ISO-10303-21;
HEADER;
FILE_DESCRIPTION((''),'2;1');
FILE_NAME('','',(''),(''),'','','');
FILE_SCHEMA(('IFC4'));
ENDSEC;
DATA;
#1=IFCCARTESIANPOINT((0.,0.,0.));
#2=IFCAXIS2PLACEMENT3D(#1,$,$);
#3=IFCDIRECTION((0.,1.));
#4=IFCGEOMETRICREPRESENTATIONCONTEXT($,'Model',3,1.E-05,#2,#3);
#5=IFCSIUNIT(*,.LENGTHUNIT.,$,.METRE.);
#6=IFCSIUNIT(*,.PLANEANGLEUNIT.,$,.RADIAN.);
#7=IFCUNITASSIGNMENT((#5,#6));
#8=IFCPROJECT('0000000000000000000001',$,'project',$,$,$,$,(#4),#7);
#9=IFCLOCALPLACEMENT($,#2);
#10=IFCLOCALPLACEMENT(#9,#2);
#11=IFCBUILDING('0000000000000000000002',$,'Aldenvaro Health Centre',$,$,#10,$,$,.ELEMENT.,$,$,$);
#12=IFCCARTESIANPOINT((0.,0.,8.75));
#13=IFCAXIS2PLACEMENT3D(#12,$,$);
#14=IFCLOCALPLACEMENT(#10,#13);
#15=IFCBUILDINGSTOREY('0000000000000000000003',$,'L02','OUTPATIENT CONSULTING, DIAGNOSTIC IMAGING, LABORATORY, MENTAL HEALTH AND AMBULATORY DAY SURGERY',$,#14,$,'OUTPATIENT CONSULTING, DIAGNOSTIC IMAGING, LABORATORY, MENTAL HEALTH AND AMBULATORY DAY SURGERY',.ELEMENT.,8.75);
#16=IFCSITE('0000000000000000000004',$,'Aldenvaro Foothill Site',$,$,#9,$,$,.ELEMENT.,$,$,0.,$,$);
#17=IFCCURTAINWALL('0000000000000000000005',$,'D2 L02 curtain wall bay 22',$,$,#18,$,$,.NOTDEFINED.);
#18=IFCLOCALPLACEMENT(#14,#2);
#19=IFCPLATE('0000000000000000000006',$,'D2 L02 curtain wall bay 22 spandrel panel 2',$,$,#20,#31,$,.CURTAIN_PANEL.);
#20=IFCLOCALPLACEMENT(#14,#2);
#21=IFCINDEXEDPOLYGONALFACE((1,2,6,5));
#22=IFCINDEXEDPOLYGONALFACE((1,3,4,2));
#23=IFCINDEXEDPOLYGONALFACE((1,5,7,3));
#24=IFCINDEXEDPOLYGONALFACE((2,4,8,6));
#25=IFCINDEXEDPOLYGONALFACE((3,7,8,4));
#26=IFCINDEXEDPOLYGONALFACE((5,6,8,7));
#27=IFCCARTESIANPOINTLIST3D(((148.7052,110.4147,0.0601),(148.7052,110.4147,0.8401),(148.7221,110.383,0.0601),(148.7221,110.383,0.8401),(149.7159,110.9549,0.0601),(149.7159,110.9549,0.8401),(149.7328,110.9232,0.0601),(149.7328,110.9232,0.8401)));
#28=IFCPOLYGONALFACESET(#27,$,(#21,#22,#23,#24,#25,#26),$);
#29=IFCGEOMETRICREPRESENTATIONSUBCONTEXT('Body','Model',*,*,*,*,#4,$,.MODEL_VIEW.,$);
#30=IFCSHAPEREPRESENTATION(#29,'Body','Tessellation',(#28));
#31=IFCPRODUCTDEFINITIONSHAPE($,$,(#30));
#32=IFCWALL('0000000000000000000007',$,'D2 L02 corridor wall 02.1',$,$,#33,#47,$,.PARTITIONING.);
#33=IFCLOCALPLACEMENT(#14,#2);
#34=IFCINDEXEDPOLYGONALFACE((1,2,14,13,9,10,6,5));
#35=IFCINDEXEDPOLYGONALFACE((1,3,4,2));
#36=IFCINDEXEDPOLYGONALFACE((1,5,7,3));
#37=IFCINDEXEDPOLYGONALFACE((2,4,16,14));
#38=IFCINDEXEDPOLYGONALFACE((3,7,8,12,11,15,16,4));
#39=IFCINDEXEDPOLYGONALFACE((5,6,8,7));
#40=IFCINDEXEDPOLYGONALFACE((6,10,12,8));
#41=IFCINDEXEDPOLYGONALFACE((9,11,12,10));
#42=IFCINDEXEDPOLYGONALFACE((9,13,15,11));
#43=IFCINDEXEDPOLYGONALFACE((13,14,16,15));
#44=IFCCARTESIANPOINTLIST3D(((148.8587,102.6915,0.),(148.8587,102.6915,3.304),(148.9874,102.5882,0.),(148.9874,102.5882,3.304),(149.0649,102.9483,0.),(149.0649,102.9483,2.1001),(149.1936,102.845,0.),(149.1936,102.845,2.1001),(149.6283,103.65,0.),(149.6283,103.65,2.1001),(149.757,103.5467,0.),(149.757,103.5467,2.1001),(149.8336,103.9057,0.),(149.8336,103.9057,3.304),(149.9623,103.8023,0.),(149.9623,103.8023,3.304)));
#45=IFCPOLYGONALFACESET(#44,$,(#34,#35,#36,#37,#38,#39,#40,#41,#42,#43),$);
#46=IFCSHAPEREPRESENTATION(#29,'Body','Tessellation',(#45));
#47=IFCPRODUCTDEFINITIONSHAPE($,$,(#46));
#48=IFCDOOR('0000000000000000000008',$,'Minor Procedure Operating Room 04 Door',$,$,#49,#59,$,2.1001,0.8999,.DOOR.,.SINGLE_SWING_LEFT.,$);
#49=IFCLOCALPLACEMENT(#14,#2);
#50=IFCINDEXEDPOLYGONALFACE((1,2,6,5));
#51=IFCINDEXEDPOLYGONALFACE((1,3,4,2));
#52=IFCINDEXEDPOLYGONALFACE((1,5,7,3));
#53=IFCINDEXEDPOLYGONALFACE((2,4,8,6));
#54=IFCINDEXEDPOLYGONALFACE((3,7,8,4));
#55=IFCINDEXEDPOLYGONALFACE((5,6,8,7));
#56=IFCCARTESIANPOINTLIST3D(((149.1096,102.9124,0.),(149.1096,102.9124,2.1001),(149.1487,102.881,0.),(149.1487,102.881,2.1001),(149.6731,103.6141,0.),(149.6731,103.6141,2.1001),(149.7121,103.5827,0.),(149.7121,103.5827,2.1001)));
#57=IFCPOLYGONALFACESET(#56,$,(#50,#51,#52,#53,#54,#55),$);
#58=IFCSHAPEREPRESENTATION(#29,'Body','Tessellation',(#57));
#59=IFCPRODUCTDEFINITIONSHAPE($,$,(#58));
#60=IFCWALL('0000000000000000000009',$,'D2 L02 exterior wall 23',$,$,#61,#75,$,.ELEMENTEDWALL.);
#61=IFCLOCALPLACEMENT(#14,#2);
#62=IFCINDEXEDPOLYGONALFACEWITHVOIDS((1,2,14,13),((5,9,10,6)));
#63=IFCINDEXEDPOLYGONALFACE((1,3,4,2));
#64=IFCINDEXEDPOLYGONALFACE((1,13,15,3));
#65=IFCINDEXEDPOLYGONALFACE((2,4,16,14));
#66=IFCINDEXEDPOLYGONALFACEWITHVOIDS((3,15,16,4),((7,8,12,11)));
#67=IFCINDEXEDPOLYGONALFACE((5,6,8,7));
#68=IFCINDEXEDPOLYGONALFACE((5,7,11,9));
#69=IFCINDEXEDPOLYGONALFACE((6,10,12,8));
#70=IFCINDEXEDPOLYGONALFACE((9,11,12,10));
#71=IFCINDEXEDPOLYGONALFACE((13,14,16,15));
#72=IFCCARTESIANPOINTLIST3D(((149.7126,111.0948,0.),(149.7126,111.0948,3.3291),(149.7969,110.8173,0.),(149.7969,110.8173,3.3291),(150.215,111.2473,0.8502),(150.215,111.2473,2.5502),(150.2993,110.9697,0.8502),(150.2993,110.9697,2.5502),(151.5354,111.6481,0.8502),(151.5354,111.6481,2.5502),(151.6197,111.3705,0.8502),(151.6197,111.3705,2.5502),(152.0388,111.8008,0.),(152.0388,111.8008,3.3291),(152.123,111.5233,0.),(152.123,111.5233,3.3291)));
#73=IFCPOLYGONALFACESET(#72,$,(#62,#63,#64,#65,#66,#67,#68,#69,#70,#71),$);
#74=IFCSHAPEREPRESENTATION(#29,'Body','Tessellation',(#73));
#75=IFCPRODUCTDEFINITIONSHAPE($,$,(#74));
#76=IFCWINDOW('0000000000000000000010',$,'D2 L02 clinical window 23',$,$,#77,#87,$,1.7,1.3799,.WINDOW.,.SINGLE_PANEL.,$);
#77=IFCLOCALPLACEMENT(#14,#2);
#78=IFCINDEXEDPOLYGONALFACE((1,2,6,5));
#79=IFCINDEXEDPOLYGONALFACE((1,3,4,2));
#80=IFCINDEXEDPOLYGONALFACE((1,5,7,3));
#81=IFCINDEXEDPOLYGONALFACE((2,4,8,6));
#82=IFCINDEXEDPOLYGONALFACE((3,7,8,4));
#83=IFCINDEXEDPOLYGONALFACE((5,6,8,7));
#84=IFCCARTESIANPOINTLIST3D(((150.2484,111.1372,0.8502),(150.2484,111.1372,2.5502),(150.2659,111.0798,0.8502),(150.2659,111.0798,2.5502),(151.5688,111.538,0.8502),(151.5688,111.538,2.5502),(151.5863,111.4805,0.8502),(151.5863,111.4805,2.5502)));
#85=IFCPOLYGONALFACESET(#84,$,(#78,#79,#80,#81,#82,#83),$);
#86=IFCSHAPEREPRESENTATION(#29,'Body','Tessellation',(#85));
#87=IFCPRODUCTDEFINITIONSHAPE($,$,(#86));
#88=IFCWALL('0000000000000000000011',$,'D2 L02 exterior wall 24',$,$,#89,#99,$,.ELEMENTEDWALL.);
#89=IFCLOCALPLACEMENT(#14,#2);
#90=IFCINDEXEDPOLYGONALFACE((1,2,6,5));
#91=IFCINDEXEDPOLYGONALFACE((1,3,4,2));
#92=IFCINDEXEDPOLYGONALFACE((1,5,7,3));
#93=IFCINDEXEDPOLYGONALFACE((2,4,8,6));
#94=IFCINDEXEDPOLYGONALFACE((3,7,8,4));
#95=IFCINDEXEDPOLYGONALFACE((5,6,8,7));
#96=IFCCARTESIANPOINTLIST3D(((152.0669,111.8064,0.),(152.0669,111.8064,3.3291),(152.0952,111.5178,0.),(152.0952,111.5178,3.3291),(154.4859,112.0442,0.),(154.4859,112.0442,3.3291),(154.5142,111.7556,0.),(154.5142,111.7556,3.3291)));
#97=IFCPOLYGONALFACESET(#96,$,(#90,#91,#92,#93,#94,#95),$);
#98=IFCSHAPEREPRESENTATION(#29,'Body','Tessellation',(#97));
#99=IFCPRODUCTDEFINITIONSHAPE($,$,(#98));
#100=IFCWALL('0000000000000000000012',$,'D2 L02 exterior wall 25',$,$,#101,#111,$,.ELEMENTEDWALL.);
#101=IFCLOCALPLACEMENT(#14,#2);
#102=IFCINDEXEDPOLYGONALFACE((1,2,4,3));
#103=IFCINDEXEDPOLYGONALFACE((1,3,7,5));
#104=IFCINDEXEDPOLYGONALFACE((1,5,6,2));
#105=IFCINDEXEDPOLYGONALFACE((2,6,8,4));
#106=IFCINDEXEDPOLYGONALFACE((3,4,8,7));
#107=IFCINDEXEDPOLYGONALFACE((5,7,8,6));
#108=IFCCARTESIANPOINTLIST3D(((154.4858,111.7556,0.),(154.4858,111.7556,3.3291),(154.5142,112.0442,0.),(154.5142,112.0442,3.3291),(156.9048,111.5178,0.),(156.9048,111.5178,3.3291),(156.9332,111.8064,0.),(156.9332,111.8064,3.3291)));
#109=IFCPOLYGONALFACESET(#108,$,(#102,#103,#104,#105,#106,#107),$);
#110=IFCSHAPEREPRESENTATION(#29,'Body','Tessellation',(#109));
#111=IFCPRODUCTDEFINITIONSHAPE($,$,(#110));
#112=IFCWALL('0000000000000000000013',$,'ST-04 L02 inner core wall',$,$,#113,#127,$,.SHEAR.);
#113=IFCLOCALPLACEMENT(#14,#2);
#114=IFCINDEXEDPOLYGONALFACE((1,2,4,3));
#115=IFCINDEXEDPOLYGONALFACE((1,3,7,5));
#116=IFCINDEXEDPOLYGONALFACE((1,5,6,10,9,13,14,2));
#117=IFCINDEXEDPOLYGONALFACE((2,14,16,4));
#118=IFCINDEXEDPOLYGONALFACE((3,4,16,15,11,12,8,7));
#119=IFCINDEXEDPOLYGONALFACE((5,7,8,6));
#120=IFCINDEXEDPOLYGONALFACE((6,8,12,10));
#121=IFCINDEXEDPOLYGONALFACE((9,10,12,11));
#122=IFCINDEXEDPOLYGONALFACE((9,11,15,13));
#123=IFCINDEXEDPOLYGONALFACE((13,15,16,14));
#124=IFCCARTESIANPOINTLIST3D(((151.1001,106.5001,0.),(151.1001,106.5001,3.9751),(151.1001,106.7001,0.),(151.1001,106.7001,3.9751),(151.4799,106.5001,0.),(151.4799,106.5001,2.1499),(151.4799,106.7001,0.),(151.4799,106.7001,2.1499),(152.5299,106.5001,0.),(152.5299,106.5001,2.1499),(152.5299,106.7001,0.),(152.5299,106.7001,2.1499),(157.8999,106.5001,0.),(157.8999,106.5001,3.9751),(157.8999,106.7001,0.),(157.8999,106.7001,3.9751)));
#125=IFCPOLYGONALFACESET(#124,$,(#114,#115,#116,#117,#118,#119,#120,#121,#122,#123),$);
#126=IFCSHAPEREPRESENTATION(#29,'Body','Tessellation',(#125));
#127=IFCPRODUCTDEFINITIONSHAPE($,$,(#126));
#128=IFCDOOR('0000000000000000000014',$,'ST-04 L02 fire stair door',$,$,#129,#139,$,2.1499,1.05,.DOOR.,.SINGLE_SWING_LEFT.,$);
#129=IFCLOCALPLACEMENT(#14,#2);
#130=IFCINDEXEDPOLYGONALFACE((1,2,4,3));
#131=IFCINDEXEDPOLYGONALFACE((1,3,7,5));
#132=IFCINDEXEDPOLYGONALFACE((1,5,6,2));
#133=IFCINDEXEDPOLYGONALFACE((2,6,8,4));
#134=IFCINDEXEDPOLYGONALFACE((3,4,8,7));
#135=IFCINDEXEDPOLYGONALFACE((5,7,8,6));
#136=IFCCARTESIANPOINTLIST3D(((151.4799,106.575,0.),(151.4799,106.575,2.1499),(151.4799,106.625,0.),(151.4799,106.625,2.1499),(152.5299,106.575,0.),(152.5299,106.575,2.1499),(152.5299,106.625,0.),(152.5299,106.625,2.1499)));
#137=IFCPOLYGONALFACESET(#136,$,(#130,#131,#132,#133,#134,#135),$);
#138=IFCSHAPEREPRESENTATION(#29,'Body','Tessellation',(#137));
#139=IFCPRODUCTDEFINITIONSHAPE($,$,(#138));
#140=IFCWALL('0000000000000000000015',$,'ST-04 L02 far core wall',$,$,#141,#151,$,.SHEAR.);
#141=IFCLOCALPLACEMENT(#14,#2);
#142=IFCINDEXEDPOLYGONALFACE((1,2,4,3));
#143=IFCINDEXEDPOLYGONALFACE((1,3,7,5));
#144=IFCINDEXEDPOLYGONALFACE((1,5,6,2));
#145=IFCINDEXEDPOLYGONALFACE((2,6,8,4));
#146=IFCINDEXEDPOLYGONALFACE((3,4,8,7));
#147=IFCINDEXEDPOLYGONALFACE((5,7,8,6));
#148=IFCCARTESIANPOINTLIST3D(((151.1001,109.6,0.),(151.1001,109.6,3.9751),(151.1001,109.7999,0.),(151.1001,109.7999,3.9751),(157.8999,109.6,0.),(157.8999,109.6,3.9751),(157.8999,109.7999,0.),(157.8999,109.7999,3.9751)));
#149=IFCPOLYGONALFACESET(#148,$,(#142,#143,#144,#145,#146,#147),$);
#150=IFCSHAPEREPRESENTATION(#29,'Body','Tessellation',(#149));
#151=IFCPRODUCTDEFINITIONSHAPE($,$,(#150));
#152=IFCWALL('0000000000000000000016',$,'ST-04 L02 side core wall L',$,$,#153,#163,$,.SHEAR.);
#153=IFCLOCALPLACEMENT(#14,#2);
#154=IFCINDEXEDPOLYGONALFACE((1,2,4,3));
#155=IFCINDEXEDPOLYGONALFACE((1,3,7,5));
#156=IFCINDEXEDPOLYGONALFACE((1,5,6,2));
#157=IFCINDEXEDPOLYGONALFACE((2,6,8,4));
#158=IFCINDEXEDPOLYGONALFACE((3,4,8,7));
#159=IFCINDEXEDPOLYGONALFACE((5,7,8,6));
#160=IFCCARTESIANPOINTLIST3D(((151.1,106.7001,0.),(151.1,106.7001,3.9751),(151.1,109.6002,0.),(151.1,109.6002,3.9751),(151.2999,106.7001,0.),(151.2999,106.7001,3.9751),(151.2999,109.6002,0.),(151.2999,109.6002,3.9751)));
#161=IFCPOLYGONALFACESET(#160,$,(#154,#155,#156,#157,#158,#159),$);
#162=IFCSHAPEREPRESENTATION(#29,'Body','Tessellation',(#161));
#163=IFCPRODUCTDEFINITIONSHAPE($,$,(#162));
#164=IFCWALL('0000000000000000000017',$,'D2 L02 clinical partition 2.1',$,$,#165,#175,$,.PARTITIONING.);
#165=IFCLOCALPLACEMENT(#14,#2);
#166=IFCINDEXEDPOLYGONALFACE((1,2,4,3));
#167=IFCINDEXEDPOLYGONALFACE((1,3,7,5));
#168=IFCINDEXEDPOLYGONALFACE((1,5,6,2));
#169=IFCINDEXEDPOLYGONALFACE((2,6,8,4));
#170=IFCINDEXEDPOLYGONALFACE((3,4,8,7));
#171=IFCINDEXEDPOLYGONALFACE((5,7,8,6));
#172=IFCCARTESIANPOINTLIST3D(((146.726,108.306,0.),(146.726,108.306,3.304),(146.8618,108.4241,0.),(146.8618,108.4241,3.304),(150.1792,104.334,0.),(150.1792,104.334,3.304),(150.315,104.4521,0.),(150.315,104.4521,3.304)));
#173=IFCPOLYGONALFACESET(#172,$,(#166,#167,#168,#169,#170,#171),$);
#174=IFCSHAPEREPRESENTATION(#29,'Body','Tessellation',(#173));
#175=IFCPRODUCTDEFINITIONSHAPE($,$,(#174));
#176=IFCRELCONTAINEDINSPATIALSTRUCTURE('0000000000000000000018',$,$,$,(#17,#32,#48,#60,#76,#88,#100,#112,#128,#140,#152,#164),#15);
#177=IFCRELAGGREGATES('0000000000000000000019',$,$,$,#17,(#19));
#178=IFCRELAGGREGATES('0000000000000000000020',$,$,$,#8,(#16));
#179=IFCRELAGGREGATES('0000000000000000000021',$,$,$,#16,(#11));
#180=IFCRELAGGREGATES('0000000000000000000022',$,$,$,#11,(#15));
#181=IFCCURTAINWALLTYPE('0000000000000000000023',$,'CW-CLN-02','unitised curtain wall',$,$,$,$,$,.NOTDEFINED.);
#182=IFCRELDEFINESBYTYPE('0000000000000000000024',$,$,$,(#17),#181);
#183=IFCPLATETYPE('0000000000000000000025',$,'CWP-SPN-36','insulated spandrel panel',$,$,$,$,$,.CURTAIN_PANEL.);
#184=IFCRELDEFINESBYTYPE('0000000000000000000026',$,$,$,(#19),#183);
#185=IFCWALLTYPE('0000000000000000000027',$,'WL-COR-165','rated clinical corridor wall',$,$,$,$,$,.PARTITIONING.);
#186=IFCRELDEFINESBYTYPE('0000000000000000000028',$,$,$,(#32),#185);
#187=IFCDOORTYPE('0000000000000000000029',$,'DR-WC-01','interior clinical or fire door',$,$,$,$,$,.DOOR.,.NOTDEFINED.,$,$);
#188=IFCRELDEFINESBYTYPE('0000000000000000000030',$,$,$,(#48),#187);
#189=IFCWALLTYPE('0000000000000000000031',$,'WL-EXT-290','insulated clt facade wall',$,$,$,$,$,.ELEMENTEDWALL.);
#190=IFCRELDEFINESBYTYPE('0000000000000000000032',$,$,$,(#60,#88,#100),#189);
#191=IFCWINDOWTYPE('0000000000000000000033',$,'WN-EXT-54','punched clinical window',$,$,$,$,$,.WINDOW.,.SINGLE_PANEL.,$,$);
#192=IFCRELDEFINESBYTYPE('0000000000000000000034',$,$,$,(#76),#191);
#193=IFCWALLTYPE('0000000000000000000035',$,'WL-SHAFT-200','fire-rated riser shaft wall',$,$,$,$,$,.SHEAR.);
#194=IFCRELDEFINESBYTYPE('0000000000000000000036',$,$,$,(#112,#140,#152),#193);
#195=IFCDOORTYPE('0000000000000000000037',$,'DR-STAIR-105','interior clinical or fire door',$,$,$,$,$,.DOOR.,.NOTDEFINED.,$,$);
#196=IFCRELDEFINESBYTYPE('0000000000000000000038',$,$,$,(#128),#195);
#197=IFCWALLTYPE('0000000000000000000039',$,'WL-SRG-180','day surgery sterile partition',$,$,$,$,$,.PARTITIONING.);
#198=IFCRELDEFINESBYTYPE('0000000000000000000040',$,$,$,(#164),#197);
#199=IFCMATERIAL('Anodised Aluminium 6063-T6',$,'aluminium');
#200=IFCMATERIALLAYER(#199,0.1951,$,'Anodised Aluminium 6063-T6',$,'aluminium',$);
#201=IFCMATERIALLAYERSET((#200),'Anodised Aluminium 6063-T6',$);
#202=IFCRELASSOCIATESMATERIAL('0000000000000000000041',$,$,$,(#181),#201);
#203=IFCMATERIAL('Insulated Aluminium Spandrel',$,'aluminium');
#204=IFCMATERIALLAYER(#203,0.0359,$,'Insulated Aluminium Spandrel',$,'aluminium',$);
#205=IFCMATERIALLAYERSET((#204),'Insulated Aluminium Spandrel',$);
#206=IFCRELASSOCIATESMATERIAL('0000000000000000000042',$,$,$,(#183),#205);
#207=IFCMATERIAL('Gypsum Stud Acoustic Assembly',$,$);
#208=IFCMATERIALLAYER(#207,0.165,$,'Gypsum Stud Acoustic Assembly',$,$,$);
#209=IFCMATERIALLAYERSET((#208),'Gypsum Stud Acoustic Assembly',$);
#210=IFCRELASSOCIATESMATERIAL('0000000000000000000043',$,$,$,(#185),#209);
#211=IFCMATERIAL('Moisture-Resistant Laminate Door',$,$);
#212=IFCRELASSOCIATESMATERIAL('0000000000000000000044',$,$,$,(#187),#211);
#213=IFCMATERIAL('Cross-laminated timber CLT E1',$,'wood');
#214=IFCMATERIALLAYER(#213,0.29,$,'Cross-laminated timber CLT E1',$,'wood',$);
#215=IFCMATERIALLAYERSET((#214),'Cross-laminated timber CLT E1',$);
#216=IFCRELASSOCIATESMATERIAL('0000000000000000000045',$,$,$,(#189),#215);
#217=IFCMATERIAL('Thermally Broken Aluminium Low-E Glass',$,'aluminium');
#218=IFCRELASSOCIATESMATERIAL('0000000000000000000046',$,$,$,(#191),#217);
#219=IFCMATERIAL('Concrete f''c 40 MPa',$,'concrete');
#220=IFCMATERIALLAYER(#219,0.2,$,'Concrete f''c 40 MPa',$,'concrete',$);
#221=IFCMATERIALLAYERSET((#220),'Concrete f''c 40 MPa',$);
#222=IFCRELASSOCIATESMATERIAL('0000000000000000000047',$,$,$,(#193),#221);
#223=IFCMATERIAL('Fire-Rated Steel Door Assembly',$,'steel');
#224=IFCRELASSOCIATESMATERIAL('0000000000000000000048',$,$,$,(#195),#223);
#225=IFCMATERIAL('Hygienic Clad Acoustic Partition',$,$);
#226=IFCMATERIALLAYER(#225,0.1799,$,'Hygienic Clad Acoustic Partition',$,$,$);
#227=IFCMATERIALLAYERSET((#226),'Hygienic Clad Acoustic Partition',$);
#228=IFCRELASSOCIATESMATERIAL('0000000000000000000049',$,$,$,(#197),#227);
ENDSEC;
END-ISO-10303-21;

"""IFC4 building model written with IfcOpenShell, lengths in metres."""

from ifc_helpers import new_model, si_unit, direction, frame, frame_2d, origin, origin_2d, place, context, subcontext, project, spatial, rectangle, extrude, material, layer, layer_set, type_object, element, fill, aggregate, save


model = new_model("IFC4")

# Units and contexts
model_context = context("Model", 3, precision=1e-05, world=origin(), true_north=direction((0.0, 1.0)))
body_context = subcontext(model_context, "Body", "Model", "MODEL_VIEW")
ifc_project = project(units=[si_unit("LENGTHUNIT", "METRE"), si_unit("PLANEANGLEUNIT", "RADIAN")], contexts=[model_context])

# Site, building, storey
site_placement = place(None, origin())
site = spatial("IfcSite", under=ifc_project, at=site_placement, Name="Aldenvaro Foothill Site", CompositionType="ELEMENT", RefElevation=0.0)
building_placement = place(site_placement, origin())
building = spatial("IfcBuilding", under=site, at=building_placement, Name="Aldenvaro Health Centre", CompositionType="ELEMENT")
storey_placement = place(building_placement, frame((0.0, 0.0, 8.75)))
storey = spatial("IfcBuildingStorey", under=building, at=storey_placement, Name="L02", Description="OUTPATIENT CONSULTING, DIAGNOSTIC IMAGING, LABORATORY, MENTAL HEALTH AND AMBULATORY DAY SURGERY", LongName="OUTPATIENT CONSULTING, DIAGNOSTIC IMAGING, LABORATORY, MENTAL HEALTH AND AMBULATORY DAY SURGERY", CompositionType="ELEMENT", Elevation=8.75)

# Curtain wall
ifc_material_1 = material(Name="Anodised Aluminium 6063-T6", Category="aluminium")
ifc_layer_1 = layer(ifc_material_1, 0.1951, Name="Anodised Aluminium 6063-T6", Category="aluminium")
ifc_layer_set_1 = layer_set([ifc_layer_1], Name="Anodised Aluminium 6063-T6")
curtain_wall_type = type_object("IfcCurtainWallType", Name="CW-CLN-02", Description="unitised curtain wall", PredefinedType="NOTDEFINED", material=ifc_layer_set_1)
curtain_wall_placement = place(storey_placement, origin())
curtain_wall = element("IfcCurtainWall", 1, at=curtain_wall_placement, inside=storey, type_object=curtain_wall_type, Name="D2 L02 curtain wall bay 22", PredefinedType="NOTDEFINED")

# Plate
ifc_material_2 = material(Name="Insulated Aluminium Spandrel", Category="aluminium")
ifc_layer_2 = layer(ifc_material_2, 0.0359, Name="Insulated Aluminium Spandrel", Category="aluminium")
ifc_layer_set_2 = layer_set([ifc_layer_2], Name="Insulated Aluminium Spandrel")
plate_type_1 = type_object("IfcPlateType", Name="CWP-SPN-36", Description="insulated spandrel panel", PredefinedType="CURTAIN_PANEL", material=ifc_layer_set_2)
plate_1_placement = place(storey_placement, frame((149.219, 110.6689, 0.0601), z_axis=(0.0, 0.0, 1.0), x_axis=(0.88192, 0.471399, 0.0)))
plate_1 = element("IfcPlate", 2, at=plate_1_placement, type_object=plate_type_1, Name="D2 L02 curtain wall bay 22 spandrel panel 2", PredefinedType="CURTAIN_PANEL", context=body_context, shape_type="SweptSolid", body=[
    extrude(rectangle(XDim=1.146, YDim=0.0359, at=origin_2d()), origin(), (0.0, 0.0, 1.0), 0.78),
])
aggregate(curtain_wall, [plate_1])

# Wall, opening, door
ifc_material_3 = material(Name="Gypsum Stud Acoustic Assembly")
ifc_layer_3 = layer(ifc_material_3, 0.165, Name="Gypsum Stud Acoustic Assembly")
ifc_layer_set_3 = layer_set([ifc_layer_3], Name="Gypsum Stud Acoustic Assembly")
wall_type_1 = type_object("IfcWallType", Name="WL-COR-165", Description="rated clinical corridor wall", PredefinedType="PARTITIONING", material=ifc_layer_set_3)
wall_1_placement = place(storey_placement, frame((149.8979, 103.854, 0.0), z_axis=(0.0, 0.0, 1.0), x_axis=(-0.62609, -0.779751, 0.0)))
wall_1 = element("IfcWall", 3, at=wall_1_placement, inside=storey, type_object=wall_type_1, Name="D2 L02 corridor wall 02.1", PredefinedType="PARTITIONING", context=body_context, shape_type="SweptSolid", body=[
    extrude(rectangle(XDim=1.5571, YDim=0.165, at=frame_2d((0.7786, 0.0))), origin(), (0.0, 0.0, 1.0), 3.304),
])
opening_1_placement = place(wall_1_placement, frame((0.3279, 0.0, 0.0)))
opening_1 = element("IfcOpeningElement", 4, at=opening_1_placement, cuts=wall_1, PredefinedType="OPENING", context=body_context, shape_type="SweptSolid", body=[
    extrude(rectangle(XDim=0.8999, YDim=2.1001, at=frame_2d((0.45, 1.05))), frame((0.0, 0.0925, 0.0), z_axis=(0.0, -1.0, 0.0), x_axis=(1.0, 0.0, 0.0)), (0.0, 0.0, 1.0), 0.1851),
])
ifc_material_4 = material(Name="Moisture-Resistant Laminate Door")
door_type_1 = type_object("IfcDoorType", Name="DR-WC-01", Description="interior clinical or fire door", OperationType="NOTDEFINED", PredefinedType="DOOR", material=ifc_material_4)
door_1_placement = place(opening_1_placement, origin())
door_1 = element("IfcDoor", 5, at=door_1_placement, inside=storey, type_object=door_type_1, Name="Minor Procedure Operating Room 04 Door", OperationType="SINGLE_SWING_LEFT", OverallHeight=2.1001, OverallWidth=0.8999, PredefinedType="DOOR", context=body_context, shape_type="SweptSolid", body=[
    extrude(rectangle(XDim=0.8999, YDim=2.1001, at=frame_2d((0.45, 1.05))), frame((0.0, 0.0249, 0.0), z_axis=(0.0, -1.0, 0.0), x_axis=(1.0, 0.0, 0.0)), (0.0, 0.0, 1.0), 0.05),
])
fill(opening_1, door_1)

# Wall, opening, window
ifc_material_5 = material(Name="Cross-laminated timber CLT E1", Category="wood")
ifc_layer_4 = layer(ifc_material_5, 0.29, Name="Cross-laminated timber CLT E1", Category="wood")
ifc_layer_set_4 = layer_set([ifc_layer_4], Name="Cross-laminated timber CLT E1")
wall_type_2 = type_object("IfcWallType", Name="WL-EXT-290", Description="insulated clt facade wall", PredefinedType="ELEMENTEDWALL", material=ifc_layer_set_4)
wall_2_placement = place(storey_placement, frame((149.7549, 110.9561, 0.0), z_axis=(0.0, 0.0, 1.0), x_axis=(0.956893, 0.290442, 0.0)))
wall_2 = element("IfcWall", 6, at=wall_2_placement, inside=storey, type_object=wall_type_2, Name="D2 L02 exterior wall 23", PredefinedType="ELEMENTEDWALL", context=body_context, shape_type="SweptSolid", body=[
    extrude(rectangle(XDim=2.4309, YDim=0.29, at=frame_2d((1.2153, 0.0))), origin(), (0.0, 0.0, 1.0), 3.3291),
])
opening_2_placement = place(wall_2_placement, frame((0.5249, 0.0, 0.8501)))
opening_2 = element("IfcOpeningElement", 7, at=opening_2_placement, cuts=wall_2, PredefinedType="OPENING", context=body_context, shape_type="SweptSolid", body=[
    extrude(rectangle(XDim=1.3799, YDim=1.7, at=frame_2d((0.6899, 0.8501))), frame((0.0, 0.155, 0.0), z_axis=(0.0, -1.0, 0.0), x_axis=(1.0, 0.0, 0.0)), (0.0, 0.0, 1.0), 0.3101),
])
ifc_material_6 = material(Name="Thermally Broken Aluminium Low-E Glass", Category="aluminium")
window_type = type_object("IfcWindowType", Name="WN-EXT-54", Description="punched clinical window", PartitioningType="SINGLE_PANEL", PredefinedType="WINDOW", material=ifc_material_6)
window_placement = place(opening_2_placement, origin())
window = element("IfcWindow", 8, at=window_placement, inside=storey, type_object=window_type, Name="D2 L02 clinical window 23", OverallHeight=1.7, OverallWidth=1.3799, PartitioningType="SINGLE_PANEL", PredefinedType="WINDOW", context=body_context, shape_type="SweptSolid", body=[
    extrude(rectangle(XDim=1.3799, YDim=1.7, at=frame_2d((0.6899, 0.8501))), frame((0.0, 0.03, 0.0), z_axis=(0.0, -1.0, 0.0), x_axis=(1.0, 0.0, 0.0)), (0.0, 0.0, 1.0), 0.0601),
])
fill(opening_2, window)

# Walls
for number, where, z_axis, x_axis, name in (
    (9, (152.0811, 111.6621, 0.0), (0.0, 0.0, 1.0), (0.995203, 0.097833, 0.0), "D2 L02 exterior wall 24"),
    (10, (154.5, 111.8999, 0.0), (0.0, 0.0, 1.0), (0.995203, -0.097833, 0.0), "D2 L02 exterior wall 25"),
):
    element("IfcWall", number, at=place(storey_placement, frame(where, z_axis=z_axis, x_axis=x_axis)), inside=storey, type_object=wall_type_2, Name=name, PredefinedType="ELEMENTEDWALL", context=body_context, shape_type="SweptSolid", body=[
        extrude(rectangle(XDim=2.4307, YDim=0.29, at=frame_2d((1.2153, 0.0))), origin(), (0.0, 0.0, 1.0), 3.3291),
    ])

# Wall, opening, door
ifc_material_7 = material(Name="Concrete f'c 40 MPa", Category="concrete")
ifc_layer_5 = layer(ifc_material_7, 0.2, Name="Concrete f'c 40 MPa", Category="concrete")
ifc_layer_set_5 = layer_set([ifc_layer_5], Name="Concrete f'c 40 MPa")
wall_type_3 = type_object("IfcWallType", Name="WL-SHAFT-200", Description="fire-rated riser shaft wall", PredefinedType="SHEAR", material=ifc_layer_set_5)
wall_3_placement = place(storey_placement, frame((151.1001, 106.6001, 0.0), z_axis=(0.0, 0.0, 1.0), x_axis=(1.0, 0.0, 0.0)))
wall_3 = element("IfcWall", 11, at=wall_3_placement, inside=storey, type_object=wall_type_3, Name="ST-04 L02 inner core wall", PredefinedType="SHEAR", context=body_context, shape_type="SweptSolid", body=[
    extrude(rectangle(XDim=6.7998, YDim=0.2, at=frame_2d((3.3999, 0.0))), origin(), (0.0, 0.0, 1.0), 3.9751),
])
opening_3_placement = place(wall_3_placement, frame((0.3799, 0.0, 0.0)))
opening_3 = element("IfcOpeningElement", 12, at=opening_3_placement, cuts=wall_3, PredefinedType="OPENING", context=body_context, shape_type="SweptSolid", body=[
    extrude(rectangle(XDim=1.05, YDim=2.1499, at=frame_2d((0.5249, 1.075))), frame((0.0, 0.1099, 0.0), z_axis=(0.0, -1.0, 0.0), x_axis=(1.0, 0.0, 0.0)), (0.0, 0.0, 1.0), 0.22),
])
ifc_material_8 = material(Name="Fire-Rated Steel Door Assembly", Category="steel")
door_type_2 = type_object("IfcDoorType", Name="DR-STAIR-105", Description="interior clinical or fire door", OperationType="NOTDEFINED", PredefinedType="DOOR", material=ifc_material_8)
door_2_placement = place(opening_3_placement, origin())
door_2 = element("IfcDoor", 13, at=door_2_placement, inside=storey, type_object=door_type_2, Name="ST-04 L02 fire stair door", OperationType="SINGLE_SWING_LEFT", OverallHeight=2.1499, OverallWidth=1.05, PredefinedType="DOOR", context=body_context, shape_type="SweptSolid", body=[
    extrude(rectangle(XDim=1.05, YDim=2.1499, at=frame_2d((0.5249, 1.075))), frame((0.0, 0.0249, 0.0), z_axis=(0.0, -1.0, 0.0), x_axis=(1.0, 0.0, 0.0)), (0.0, 0.0, 1.0), 0.05),
])
fill(opening_3, door_2)

# Walls
wall_4_placement = place(storey_placement, frame((151.1001, 109.7, 0.0), z_axis=(0.0, 0.0, 1.0), x_axis=(1.0, 0.0, 0.0)))
element("IfcWall", 14, at=wall_4_placement, inside=storey, type_object=wall_type_3, Name="ST-04 L02 far core wall", PredefinedType="SHEAR", context=body_context, shape_type="SweptSolid", body=[
    extrude(rectangle(XDim=6.7998, YDim=0.2, at=frame_2d((3.3999, 0.0))), origin(), (0.0, 0.0, 1.0), 3.9751),
])
wall_5_placement = place(storey_placement, frame((151.2, 106.7, 0.0), z_axis=(0.0, 0.0, 1.0), x_axis=(0.0, 1.0, 0.0)))
element("IfcWall", 15, at=wall_5_placement, inside=storey, type_object=wall_type_3, Name="ST-04 L02 side core wall L", PredefinedType="SHEAR", context=body_context, shape_type="SweptSolid", body=[
    extrude(rectangle(XDim=2.9001, YDim=0.2, at=frame_2d((1.4502, 0.0))), origin(), (0.0, 0.0, 1.0), 3.9751),
])
ifc_material_9 = material(Name="Hygienic Clad Acoustic Partition")
ifc_layer_6 = layer(ifc_material_9, 0.1799, Name="Hygienic Clad Acoustic Partition")
ifc_layer_set_6 = layer_set([ifc_layer_6], Name="Hygienic Clad Acoustic Partition")
wall_type_4 = type_object("IfcWallType", Name="WL-SRG-180", Description="day surgery sterile partition", PredefinedType="PARTITIONING", material=ifc_layer_set_6)
wall_6_placement = place(storey_placement, frame((150.2471, 104.3931, 0.0), z_axis=(0.0, 0.0, 1.0), x_axis=(-0.656101, 0.754673, 0.0)))
element("IfcWall", 16, at=wall_6_placement, inside=storey, type_object=wall_type_4, Name="D2 L02 clinical partition 2.1", PredefinedType="PARTITIONING", context=body_context, shape_type="SweptSolid", body=[
    extrude(rectangle(XDim=5.2632, YDim=0.1799, at=frame_2d((2.6316, 0.0))), origin(), (0.0, 0.0, 1.0), 3.304),
])

save(model, "model.ifc")
